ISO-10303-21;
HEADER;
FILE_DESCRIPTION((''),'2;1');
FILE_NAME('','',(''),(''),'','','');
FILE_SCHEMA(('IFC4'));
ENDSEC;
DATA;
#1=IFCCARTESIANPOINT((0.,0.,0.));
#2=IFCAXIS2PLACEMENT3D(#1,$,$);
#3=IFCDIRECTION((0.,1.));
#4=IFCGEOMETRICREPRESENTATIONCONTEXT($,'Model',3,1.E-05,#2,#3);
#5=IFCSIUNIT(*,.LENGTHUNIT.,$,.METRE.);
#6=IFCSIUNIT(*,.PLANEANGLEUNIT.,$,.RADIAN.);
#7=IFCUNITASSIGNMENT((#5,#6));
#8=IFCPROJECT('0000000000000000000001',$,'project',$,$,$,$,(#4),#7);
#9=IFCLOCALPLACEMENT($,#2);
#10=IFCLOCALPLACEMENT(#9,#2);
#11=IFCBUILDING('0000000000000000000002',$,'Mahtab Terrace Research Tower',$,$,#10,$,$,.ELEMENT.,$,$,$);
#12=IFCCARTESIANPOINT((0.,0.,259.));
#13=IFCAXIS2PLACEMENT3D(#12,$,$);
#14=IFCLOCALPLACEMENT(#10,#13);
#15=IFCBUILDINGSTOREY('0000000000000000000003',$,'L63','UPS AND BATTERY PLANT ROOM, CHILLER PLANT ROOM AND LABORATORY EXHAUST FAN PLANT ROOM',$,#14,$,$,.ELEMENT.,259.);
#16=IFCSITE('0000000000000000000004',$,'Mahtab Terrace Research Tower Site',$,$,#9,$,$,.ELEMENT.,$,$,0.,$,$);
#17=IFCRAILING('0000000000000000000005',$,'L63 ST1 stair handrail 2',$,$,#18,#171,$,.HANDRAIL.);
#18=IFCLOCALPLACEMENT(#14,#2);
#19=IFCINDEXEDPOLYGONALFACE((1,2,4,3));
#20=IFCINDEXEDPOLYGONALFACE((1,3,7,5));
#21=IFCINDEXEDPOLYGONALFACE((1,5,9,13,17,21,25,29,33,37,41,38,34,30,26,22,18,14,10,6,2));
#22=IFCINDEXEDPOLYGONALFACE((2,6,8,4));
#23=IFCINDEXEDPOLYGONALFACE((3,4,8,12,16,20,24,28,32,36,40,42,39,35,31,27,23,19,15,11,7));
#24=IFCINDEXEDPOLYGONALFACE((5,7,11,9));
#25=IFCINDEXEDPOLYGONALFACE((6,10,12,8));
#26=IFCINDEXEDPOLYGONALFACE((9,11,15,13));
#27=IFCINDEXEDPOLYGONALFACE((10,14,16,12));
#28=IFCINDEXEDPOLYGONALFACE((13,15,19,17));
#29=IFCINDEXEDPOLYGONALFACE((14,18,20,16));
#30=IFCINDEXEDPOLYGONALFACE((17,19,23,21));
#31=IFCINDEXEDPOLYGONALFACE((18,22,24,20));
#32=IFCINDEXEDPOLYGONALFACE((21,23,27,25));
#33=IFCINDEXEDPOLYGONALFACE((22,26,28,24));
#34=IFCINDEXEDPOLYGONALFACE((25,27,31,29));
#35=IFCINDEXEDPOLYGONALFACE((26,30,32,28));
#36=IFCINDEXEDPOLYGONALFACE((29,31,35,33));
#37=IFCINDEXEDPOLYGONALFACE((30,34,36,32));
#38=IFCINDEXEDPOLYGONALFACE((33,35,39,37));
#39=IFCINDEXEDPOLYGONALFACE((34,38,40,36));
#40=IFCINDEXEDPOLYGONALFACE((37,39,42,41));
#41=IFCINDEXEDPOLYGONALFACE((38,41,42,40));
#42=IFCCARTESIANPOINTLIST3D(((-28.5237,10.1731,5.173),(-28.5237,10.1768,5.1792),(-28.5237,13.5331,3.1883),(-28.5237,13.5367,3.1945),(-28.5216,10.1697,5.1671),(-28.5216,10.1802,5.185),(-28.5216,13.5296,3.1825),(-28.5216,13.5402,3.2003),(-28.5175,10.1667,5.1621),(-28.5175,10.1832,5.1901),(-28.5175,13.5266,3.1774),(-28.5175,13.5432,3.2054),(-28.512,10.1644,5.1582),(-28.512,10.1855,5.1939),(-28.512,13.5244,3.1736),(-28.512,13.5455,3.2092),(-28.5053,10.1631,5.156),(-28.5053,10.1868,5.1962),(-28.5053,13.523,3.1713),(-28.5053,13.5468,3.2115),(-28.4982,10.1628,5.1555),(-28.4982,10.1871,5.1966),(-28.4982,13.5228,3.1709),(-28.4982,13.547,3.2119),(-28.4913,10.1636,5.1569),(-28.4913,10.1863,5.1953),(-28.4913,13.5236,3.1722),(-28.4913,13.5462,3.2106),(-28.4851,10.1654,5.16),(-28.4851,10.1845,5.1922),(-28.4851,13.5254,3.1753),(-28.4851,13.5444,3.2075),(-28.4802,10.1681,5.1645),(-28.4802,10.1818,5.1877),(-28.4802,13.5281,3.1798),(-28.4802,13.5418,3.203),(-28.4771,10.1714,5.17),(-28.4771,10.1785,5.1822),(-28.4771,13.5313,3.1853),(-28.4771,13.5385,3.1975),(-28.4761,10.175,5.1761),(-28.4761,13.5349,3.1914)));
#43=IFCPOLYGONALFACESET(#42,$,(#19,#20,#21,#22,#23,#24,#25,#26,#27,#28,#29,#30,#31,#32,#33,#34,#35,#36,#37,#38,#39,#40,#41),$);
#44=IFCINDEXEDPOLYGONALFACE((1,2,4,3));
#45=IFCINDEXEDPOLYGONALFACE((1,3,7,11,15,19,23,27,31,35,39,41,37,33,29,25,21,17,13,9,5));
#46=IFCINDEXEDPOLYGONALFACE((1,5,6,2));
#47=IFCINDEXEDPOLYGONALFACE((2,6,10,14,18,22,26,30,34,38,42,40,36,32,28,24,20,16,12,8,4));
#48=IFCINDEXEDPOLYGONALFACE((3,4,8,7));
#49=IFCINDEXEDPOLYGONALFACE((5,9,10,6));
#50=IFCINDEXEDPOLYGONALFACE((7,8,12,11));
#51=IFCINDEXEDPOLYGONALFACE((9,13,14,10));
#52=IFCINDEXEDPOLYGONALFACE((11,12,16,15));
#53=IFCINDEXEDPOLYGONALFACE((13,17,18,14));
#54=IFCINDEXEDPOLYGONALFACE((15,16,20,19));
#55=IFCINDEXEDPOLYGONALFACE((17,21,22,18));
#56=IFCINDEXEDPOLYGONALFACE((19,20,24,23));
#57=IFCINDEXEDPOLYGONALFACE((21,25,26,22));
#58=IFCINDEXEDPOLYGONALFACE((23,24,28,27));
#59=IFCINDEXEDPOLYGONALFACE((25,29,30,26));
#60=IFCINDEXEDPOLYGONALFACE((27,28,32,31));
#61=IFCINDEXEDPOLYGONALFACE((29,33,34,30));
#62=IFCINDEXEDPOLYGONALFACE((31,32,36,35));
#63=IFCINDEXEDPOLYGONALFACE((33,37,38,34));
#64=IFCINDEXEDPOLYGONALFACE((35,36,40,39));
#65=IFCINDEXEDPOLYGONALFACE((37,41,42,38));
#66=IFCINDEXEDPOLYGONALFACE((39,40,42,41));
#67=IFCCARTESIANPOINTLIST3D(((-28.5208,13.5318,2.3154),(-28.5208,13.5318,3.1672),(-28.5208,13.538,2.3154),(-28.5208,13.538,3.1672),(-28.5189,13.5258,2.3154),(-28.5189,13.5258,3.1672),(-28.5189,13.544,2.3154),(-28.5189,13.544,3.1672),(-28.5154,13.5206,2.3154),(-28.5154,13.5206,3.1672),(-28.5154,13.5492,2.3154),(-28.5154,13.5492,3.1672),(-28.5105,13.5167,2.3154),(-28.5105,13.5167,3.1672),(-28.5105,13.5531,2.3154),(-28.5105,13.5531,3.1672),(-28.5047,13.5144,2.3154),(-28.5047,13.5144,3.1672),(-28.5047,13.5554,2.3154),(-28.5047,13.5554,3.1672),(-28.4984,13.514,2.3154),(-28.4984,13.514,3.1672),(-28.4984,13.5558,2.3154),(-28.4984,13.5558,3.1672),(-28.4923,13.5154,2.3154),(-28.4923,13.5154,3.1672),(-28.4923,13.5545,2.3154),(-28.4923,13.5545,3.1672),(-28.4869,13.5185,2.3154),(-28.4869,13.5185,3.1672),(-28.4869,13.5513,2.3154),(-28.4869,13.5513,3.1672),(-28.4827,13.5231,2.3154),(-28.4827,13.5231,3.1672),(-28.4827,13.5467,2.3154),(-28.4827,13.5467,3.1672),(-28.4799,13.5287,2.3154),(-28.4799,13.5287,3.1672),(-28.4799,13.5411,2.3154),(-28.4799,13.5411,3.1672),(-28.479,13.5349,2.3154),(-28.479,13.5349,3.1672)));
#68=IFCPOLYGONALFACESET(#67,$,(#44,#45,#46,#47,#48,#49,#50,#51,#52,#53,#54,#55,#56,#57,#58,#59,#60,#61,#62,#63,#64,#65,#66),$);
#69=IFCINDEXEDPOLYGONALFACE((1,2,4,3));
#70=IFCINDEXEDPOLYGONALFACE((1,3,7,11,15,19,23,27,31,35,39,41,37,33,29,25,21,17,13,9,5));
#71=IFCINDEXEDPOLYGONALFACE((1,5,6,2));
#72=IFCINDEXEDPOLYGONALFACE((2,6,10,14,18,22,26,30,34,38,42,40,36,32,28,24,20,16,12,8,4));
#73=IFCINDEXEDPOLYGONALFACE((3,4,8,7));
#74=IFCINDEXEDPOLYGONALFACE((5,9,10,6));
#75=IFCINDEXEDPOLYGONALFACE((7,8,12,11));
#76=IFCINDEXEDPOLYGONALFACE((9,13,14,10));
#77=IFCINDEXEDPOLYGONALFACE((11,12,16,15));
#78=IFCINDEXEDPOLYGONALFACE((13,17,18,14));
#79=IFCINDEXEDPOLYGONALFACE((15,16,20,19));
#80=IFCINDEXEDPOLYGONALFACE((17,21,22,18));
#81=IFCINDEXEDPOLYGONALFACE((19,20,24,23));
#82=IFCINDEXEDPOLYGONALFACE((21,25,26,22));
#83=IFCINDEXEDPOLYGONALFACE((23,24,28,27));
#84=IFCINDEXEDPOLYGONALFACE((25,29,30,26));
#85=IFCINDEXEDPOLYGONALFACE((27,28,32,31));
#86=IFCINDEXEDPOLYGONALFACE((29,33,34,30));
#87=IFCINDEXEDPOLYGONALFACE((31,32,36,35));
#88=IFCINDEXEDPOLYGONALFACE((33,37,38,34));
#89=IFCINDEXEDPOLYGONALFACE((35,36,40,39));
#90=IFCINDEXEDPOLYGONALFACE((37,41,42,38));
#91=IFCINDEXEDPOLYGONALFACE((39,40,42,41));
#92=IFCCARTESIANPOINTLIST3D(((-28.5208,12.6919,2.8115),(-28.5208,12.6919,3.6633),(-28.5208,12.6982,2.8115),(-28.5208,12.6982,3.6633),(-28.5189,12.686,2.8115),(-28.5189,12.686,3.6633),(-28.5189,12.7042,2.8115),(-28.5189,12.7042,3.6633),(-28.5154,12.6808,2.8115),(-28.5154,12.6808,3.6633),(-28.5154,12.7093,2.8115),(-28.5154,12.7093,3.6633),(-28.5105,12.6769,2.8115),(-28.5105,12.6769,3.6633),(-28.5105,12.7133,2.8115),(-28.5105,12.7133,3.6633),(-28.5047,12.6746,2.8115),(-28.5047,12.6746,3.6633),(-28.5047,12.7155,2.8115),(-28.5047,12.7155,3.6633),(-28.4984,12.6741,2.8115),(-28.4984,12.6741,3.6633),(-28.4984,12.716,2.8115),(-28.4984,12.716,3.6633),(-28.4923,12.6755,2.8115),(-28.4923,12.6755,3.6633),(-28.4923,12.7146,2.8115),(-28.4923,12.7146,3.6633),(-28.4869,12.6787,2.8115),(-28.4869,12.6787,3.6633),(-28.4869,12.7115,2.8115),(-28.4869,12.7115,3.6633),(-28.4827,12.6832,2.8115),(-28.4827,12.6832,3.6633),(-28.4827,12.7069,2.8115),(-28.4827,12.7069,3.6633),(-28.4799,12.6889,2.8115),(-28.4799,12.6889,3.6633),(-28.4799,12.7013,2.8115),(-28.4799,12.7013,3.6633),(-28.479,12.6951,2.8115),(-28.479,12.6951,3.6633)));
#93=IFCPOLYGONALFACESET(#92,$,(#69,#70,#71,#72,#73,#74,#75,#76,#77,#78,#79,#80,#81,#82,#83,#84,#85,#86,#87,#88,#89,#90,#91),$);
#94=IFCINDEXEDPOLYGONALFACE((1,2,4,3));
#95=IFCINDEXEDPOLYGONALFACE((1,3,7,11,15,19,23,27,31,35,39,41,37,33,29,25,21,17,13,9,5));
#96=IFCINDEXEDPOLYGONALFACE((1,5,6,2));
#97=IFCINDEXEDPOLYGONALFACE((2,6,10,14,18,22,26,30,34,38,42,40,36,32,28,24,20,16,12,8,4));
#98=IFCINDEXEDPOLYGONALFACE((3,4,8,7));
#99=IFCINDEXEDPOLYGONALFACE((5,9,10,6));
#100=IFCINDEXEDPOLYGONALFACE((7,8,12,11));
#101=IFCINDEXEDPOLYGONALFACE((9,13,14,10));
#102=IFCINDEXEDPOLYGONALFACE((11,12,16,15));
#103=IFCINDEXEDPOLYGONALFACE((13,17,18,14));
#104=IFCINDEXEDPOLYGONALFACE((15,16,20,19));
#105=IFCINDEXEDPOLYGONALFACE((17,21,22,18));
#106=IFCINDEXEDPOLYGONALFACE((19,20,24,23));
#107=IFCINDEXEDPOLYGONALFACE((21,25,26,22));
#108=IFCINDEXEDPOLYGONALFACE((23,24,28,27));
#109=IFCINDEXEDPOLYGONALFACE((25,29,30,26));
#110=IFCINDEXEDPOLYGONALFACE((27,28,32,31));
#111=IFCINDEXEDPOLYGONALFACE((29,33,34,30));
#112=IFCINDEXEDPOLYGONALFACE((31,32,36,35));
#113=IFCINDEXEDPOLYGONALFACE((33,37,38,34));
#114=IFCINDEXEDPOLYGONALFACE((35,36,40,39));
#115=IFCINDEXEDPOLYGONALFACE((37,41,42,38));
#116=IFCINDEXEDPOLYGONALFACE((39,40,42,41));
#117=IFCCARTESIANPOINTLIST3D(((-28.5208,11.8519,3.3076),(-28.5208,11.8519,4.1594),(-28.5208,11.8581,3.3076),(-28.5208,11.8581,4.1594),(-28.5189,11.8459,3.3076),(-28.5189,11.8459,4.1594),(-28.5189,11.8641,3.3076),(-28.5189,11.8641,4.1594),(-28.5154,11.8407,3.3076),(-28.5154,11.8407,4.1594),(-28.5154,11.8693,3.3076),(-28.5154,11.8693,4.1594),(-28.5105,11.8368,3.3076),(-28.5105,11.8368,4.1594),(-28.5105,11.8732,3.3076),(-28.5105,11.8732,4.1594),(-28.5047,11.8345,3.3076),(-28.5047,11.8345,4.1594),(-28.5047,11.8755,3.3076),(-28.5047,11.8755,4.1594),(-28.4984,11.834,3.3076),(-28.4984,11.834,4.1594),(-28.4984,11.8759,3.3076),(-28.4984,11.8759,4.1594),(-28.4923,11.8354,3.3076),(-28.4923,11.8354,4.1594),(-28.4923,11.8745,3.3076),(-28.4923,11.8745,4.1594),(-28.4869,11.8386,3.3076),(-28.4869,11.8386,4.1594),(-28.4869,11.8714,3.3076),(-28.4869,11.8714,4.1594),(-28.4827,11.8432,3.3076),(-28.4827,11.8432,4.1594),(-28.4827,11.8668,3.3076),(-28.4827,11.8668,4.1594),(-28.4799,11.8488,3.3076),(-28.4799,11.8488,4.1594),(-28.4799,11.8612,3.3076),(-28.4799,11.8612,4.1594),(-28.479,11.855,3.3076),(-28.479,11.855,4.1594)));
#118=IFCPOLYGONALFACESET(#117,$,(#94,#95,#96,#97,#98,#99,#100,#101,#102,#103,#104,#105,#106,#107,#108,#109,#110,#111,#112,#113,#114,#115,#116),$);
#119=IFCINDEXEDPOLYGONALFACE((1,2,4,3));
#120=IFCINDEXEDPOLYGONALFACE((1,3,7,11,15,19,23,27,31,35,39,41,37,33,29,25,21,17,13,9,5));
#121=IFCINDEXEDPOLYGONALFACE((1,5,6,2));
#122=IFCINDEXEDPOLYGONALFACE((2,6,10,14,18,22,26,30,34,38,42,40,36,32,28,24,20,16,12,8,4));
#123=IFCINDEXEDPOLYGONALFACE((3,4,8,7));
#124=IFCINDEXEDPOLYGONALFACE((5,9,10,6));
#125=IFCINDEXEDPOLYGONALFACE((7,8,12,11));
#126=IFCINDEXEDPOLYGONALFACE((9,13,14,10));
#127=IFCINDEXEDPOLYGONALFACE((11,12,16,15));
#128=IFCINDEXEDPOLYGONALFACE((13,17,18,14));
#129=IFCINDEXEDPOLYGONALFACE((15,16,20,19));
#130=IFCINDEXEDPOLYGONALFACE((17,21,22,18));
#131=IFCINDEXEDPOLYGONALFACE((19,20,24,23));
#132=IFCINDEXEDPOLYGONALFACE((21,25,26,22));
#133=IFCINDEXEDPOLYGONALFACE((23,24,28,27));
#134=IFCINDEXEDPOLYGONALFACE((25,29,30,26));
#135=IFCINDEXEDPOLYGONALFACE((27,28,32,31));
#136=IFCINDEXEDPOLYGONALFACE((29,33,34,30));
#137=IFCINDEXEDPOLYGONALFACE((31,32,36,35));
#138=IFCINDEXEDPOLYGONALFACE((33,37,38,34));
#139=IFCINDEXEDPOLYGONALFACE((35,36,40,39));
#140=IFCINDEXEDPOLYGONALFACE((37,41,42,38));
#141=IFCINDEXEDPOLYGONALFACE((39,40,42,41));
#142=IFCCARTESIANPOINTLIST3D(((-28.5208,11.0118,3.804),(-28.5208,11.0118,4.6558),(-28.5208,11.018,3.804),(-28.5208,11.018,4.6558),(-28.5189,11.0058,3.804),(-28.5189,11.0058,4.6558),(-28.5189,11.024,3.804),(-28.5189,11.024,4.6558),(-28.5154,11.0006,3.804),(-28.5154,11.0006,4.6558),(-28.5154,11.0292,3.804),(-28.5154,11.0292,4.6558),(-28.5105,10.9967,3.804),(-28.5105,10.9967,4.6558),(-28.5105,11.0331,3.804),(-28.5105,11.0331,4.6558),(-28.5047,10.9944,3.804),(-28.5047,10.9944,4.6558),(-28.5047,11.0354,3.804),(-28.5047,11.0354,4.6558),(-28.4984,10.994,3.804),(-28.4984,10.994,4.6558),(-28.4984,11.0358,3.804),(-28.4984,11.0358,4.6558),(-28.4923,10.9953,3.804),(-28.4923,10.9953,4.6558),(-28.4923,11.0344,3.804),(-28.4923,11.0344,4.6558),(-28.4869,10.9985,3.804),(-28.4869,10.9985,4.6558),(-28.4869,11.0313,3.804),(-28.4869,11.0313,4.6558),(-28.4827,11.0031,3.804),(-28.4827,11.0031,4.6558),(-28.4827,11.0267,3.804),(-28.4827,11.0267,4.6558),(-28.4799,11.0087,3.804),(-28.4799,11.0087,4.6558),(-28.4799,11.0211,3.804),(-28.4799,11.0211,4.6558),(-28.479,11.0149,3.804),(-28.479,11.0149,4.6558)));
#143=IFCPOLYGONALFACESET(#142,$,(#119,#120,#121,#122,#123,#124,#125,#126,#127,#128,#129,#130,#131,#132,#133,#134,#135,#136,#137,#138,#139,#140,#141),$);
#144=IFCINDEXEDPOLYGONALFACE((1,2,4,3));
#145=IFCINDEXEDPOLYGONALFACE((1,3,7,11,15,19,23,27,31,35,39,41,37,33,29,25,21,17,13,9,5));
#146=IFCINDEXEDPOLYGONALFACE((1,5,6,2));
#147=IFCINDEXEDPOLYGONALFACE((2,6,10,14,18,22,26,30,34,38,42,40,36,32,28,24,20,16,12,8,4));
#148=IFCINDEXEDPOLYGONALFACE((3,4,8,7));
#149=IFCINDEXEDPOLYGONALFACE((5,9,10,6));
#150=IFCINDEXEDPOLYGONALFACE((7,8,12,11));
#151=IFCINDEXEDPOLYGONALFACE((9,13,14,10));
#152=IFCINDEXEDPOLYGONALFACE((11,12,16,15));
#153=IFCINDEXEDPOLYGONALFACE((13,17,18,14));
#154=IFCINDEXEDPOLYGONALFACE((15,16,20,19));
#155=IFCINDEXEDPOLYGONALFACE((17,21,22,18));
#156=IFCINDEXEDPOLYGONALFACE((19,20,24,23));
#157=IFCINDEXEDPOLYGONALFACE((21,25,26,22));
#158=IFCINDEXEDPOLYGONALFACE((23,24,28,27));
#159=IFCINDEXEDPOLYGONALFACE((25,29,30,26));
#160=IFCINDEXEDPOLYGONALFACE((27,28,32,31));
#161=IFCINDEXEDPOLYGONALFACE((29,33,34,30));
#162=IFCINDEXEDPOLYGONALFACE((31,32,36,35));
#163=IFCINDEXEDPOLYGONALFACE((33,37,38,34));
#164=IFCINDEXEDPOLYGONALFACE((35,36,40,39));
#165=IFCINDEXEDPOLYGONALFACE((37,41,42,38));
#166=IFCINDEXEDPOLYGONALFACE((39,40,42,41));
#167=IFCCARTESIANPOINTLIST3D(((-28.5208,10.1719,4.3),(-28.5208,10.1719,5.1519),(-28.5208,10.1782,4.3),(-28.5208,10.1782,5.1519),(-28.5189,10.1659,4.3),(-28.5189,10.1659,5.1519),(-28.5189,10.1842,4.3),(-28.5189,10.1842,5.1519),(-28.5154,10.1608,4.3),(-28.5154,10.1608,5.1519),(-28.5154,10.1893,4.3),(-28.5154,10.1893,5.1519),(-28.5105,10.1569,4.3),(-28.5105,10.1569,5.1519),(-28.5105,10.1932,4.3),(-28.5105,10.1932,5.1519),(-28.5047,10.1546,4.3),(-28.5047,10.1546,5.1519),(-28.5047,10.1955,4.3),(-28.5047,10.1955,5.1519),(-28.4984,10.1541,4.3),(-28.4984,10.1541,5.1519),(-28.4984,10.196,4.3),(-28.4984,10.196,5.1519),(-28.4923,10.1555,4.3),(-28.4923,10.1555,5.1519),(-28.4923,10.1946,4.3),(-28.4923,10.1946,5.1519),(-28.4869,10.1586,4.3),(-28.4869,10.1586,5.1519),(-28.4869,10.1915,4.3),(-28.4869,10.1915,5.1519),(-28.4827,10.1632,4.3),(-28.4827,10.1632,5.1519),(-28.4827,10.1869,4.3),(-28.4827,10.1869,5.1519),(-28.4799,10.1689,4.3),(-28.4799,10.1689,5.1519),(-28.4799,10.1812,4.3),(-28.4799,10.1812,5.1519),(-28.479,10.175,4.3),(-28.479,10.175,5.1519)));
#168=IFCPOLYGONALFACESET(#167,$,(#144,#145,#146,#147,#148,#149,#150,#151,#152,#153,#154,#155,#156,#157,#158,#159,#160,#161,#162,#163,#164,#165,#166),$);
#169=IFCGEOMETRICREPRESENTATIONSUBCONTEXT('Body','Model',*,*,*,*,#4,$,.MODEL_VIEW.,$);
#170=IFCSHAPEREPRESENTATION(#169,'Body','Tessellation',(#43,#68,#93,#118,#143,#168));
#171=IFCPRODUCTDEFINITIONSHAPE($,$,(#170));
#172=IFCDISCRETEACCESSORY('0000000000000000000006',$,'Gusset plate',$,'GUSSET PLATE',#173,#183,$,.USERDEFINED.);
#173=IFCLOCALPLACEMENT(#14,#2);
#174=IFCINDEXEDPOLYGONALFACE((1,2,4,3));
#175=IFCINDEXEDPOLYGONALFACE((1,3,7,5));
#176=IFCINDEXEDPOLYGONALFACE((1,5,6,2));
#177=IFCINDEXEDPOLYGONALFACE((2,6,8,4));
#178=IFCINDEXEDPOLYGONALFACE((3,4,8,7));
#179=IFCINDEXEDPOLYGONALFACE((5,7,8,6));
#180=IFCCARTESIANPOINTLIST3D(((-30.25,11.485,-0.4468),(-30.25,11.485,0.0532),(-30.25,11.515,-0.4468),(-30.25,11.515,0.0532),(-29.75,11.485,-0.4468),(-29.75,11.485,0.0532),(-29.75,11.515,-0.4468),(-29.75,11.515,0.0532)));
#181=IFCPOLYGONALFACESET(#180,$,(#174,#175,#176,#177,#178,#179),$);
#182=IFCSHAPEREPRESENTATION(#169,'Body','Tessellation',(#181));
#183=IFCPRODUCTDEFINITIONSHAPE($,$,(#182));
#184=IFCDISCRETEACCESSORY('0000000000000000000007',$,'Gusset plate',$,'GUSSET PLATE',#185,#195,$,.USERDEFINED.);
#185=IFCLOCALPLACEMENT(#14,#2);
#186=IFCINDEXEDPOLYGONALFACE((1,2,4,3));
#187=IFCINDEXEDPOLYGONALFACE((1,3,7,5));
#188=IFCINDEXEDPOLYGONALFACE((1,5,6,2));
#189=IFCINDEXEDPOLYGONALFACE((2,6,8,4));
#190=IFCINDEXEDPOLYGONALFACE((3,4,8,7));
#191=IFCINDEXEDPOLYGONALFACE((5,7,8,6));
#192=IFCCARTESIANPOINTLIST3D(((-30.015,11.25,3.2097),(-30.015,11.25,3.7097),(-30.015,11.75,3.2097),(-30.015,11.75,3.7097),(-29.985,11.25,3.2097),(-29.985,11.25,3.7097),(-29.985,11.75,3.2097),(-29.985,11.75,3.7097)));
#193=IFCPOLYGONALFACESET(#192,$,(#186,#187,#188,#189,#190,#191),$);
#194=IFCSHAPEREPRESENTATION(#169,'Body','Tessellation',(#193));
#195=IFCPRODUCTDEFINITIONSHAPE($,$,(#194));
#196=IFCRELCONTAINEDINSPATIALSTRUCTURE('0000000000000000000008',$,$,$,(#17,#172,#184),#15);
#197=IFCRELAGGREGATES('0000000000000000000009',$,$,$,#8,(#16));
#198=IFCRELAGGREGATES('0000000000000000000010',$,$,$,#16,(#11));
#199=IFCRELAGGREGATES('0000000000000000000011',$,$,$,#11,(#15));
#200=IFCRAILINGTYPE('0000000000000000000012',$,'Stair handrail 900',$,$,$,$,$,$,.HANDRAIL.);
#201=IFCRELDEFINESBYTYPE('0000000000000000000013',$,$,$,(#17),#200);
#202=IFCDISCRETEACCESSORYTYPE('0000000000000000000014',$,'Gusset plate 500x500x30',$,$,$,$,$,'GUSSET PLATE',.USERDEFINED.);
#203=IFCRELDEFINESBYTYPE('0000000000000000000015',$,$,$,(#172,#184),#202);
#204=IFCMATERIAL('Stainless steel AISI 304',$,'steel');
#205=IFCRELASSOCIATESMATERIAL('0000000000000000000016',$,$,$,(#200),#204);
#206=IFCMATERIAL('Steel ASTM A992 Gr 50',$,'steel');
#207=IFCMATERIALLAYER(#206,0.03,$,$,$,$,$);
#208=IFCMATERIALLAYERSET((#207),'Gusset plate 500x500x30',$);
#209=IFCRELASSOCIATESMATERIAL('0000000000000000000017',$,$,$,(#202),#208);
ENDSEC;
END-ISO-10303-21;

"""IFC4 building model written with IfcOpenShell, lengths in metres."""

from ifc_helpers import new_model, si_unit, direction, frame, origin, origin_2d, place, context, subcontext, project, spatial, rectangle, circle, extrude, material, layer, layer_set, type_object, element, save


model = new_model("IFC4")

# Units and contexts
model_context = context("Model", 3, precision=1e-05, world=origin(), true_north=direction((0.0, 1.0)))
body_context = subcontext(model_context, "Body", "Model", "MODEL_VIEW")
ifc_project = project(units=[si_unit("LENGTHUNIT", "METRE"), si_unit("PLANEANGLEUNIT", "RADIAN")], contexts=[model_context])

# Site, building, storey
site_placement = place(None, origin())
site = spatial("IfcSite", under=ifc_project, at=site_placement, Name="Mahtab Terrace Research Tower Site", CompositionType="ELEMENT", RefElevation=0.0)
building_placement = place(site_placement, origin())
building = spatial("IfcBuilding", under=site, at=building_placement, Name="Mahtab Terrace Research Tower", CompositionType="ELEMENT")
storey_placement = place(building_placement, frame((0.0, 0.0, 259.0)))
storey = spatial("IfcBuildingStorey", under=building, at=storey_placement, Name="L63", Description="UPS AND BATTERY PLANT ROOM, CHILLER PLANT ROOM AND LABORATORY EXHAUST FAN PLANT ROOM", CompositionType="ELEMENT", Elevation=259.0)

# Shared definitions
ifc_material_1 = material(Name="Steel ASTM A992 Gr 50", Category="steel")

# Railing
ifc_material_2 = material(Name="Stainless steel AISI 304", Category="steel")
railing_type_1 = type_object("IfcRailingType", Name="Stair handrail 900", PredefinedType="HANDRAIL", material=ifc_material_2)
railing_1_placement = place(storey_placement, frame((-28.5, 13.5349, 2.3154)))
element("IfcRailing", 1, at=railing_1_placement, inside=storey, type_object=railing_type_1, Name="L63 ST1 stair handrail 2", PredefinedType="HANDRAIL", context=body_context, shape_type="SweptSolid", body=[
    extrude(circle(Radius=0.0239, at=origin_2d()), frame((0.0, 0.0, 0.876), z_axis=(0.0, -0.861011, 0.508586), x_axis=(1.0, 0.0, 0.0)), (0.0, 0.0, 1.0), 3.9023),
    extrude(circle(Radius=0.021, at=origin_2d()), origin(), (0.0, 0.0, 1.0), 0.8518),
    extrude(circle(Radius=0.021, at=origin_2d()), frame((0.0, -0.8398, 0.4961)), (0.0, 0.0, 1.0), 0.8518),
    extrude(circle(Radius=0.021, at=origin_2d()), frame((0.0, -1.6799, 0.9922)), (0.0, 0.0, 1.0), 0.8518),
    extrude(circle(Radius=0.021, at=origin_2d()), frame((0.0, -2.52, 1.4885)), (0.0, 0.0, 1.0), 0.8518),
    extrude(circle(Radius=0.021, at=origin_2d()), frame((0.0, -3.3599, 1.9846)), (0.0, 0.0, 1.0), 0.8518),
])

# Discrete accessories
ifc_layer_1 = layer(ifc_material_1, 0.03)
ifc_layer_set_1 = layer_set([ifc_layer_1], Name="Gusset plate 500x500x30")
discrete_accessory_type = type_object("IfcDiscreteAccessoryType", Name="Gusset plate 500x500x30", ElementType="GUSSET PLATE", PredefinedType="USERDEFINED", material=ifc_layer_set_1)
for number, where, z_axis, x_axis, name in (
    (2, (-30.0, 11.5, -0.4468), (0.0, 0.0, 1.0), (1.0, 0.0, 0.0), "Gusset plate"),
    (3, (-30.0, 11.5, 3.2097), (0.0, 0.0, 1.0), (0.0, 1.0, 0.0), "Gusset plate"),
):
    element("IfcDiscreteAccessory", number, at=place(storey_placement, frame(where, z_axis=z_axis, x_axis=x_axis)), inside=storey, type_object=discrete_accessory_type, Name=name, ObjectType="GUSSET PLATE", PredefinedType="USERDEFINED", context=body_context, shape_type="SweptSolid", body=[
        extrude(rectangle(XDim=0.5, YDim=0.03, at=origin_2d()), origin(), (0.0, 0.0, 1.0), 0.5),
    ])

save(model, "model.ifc")
